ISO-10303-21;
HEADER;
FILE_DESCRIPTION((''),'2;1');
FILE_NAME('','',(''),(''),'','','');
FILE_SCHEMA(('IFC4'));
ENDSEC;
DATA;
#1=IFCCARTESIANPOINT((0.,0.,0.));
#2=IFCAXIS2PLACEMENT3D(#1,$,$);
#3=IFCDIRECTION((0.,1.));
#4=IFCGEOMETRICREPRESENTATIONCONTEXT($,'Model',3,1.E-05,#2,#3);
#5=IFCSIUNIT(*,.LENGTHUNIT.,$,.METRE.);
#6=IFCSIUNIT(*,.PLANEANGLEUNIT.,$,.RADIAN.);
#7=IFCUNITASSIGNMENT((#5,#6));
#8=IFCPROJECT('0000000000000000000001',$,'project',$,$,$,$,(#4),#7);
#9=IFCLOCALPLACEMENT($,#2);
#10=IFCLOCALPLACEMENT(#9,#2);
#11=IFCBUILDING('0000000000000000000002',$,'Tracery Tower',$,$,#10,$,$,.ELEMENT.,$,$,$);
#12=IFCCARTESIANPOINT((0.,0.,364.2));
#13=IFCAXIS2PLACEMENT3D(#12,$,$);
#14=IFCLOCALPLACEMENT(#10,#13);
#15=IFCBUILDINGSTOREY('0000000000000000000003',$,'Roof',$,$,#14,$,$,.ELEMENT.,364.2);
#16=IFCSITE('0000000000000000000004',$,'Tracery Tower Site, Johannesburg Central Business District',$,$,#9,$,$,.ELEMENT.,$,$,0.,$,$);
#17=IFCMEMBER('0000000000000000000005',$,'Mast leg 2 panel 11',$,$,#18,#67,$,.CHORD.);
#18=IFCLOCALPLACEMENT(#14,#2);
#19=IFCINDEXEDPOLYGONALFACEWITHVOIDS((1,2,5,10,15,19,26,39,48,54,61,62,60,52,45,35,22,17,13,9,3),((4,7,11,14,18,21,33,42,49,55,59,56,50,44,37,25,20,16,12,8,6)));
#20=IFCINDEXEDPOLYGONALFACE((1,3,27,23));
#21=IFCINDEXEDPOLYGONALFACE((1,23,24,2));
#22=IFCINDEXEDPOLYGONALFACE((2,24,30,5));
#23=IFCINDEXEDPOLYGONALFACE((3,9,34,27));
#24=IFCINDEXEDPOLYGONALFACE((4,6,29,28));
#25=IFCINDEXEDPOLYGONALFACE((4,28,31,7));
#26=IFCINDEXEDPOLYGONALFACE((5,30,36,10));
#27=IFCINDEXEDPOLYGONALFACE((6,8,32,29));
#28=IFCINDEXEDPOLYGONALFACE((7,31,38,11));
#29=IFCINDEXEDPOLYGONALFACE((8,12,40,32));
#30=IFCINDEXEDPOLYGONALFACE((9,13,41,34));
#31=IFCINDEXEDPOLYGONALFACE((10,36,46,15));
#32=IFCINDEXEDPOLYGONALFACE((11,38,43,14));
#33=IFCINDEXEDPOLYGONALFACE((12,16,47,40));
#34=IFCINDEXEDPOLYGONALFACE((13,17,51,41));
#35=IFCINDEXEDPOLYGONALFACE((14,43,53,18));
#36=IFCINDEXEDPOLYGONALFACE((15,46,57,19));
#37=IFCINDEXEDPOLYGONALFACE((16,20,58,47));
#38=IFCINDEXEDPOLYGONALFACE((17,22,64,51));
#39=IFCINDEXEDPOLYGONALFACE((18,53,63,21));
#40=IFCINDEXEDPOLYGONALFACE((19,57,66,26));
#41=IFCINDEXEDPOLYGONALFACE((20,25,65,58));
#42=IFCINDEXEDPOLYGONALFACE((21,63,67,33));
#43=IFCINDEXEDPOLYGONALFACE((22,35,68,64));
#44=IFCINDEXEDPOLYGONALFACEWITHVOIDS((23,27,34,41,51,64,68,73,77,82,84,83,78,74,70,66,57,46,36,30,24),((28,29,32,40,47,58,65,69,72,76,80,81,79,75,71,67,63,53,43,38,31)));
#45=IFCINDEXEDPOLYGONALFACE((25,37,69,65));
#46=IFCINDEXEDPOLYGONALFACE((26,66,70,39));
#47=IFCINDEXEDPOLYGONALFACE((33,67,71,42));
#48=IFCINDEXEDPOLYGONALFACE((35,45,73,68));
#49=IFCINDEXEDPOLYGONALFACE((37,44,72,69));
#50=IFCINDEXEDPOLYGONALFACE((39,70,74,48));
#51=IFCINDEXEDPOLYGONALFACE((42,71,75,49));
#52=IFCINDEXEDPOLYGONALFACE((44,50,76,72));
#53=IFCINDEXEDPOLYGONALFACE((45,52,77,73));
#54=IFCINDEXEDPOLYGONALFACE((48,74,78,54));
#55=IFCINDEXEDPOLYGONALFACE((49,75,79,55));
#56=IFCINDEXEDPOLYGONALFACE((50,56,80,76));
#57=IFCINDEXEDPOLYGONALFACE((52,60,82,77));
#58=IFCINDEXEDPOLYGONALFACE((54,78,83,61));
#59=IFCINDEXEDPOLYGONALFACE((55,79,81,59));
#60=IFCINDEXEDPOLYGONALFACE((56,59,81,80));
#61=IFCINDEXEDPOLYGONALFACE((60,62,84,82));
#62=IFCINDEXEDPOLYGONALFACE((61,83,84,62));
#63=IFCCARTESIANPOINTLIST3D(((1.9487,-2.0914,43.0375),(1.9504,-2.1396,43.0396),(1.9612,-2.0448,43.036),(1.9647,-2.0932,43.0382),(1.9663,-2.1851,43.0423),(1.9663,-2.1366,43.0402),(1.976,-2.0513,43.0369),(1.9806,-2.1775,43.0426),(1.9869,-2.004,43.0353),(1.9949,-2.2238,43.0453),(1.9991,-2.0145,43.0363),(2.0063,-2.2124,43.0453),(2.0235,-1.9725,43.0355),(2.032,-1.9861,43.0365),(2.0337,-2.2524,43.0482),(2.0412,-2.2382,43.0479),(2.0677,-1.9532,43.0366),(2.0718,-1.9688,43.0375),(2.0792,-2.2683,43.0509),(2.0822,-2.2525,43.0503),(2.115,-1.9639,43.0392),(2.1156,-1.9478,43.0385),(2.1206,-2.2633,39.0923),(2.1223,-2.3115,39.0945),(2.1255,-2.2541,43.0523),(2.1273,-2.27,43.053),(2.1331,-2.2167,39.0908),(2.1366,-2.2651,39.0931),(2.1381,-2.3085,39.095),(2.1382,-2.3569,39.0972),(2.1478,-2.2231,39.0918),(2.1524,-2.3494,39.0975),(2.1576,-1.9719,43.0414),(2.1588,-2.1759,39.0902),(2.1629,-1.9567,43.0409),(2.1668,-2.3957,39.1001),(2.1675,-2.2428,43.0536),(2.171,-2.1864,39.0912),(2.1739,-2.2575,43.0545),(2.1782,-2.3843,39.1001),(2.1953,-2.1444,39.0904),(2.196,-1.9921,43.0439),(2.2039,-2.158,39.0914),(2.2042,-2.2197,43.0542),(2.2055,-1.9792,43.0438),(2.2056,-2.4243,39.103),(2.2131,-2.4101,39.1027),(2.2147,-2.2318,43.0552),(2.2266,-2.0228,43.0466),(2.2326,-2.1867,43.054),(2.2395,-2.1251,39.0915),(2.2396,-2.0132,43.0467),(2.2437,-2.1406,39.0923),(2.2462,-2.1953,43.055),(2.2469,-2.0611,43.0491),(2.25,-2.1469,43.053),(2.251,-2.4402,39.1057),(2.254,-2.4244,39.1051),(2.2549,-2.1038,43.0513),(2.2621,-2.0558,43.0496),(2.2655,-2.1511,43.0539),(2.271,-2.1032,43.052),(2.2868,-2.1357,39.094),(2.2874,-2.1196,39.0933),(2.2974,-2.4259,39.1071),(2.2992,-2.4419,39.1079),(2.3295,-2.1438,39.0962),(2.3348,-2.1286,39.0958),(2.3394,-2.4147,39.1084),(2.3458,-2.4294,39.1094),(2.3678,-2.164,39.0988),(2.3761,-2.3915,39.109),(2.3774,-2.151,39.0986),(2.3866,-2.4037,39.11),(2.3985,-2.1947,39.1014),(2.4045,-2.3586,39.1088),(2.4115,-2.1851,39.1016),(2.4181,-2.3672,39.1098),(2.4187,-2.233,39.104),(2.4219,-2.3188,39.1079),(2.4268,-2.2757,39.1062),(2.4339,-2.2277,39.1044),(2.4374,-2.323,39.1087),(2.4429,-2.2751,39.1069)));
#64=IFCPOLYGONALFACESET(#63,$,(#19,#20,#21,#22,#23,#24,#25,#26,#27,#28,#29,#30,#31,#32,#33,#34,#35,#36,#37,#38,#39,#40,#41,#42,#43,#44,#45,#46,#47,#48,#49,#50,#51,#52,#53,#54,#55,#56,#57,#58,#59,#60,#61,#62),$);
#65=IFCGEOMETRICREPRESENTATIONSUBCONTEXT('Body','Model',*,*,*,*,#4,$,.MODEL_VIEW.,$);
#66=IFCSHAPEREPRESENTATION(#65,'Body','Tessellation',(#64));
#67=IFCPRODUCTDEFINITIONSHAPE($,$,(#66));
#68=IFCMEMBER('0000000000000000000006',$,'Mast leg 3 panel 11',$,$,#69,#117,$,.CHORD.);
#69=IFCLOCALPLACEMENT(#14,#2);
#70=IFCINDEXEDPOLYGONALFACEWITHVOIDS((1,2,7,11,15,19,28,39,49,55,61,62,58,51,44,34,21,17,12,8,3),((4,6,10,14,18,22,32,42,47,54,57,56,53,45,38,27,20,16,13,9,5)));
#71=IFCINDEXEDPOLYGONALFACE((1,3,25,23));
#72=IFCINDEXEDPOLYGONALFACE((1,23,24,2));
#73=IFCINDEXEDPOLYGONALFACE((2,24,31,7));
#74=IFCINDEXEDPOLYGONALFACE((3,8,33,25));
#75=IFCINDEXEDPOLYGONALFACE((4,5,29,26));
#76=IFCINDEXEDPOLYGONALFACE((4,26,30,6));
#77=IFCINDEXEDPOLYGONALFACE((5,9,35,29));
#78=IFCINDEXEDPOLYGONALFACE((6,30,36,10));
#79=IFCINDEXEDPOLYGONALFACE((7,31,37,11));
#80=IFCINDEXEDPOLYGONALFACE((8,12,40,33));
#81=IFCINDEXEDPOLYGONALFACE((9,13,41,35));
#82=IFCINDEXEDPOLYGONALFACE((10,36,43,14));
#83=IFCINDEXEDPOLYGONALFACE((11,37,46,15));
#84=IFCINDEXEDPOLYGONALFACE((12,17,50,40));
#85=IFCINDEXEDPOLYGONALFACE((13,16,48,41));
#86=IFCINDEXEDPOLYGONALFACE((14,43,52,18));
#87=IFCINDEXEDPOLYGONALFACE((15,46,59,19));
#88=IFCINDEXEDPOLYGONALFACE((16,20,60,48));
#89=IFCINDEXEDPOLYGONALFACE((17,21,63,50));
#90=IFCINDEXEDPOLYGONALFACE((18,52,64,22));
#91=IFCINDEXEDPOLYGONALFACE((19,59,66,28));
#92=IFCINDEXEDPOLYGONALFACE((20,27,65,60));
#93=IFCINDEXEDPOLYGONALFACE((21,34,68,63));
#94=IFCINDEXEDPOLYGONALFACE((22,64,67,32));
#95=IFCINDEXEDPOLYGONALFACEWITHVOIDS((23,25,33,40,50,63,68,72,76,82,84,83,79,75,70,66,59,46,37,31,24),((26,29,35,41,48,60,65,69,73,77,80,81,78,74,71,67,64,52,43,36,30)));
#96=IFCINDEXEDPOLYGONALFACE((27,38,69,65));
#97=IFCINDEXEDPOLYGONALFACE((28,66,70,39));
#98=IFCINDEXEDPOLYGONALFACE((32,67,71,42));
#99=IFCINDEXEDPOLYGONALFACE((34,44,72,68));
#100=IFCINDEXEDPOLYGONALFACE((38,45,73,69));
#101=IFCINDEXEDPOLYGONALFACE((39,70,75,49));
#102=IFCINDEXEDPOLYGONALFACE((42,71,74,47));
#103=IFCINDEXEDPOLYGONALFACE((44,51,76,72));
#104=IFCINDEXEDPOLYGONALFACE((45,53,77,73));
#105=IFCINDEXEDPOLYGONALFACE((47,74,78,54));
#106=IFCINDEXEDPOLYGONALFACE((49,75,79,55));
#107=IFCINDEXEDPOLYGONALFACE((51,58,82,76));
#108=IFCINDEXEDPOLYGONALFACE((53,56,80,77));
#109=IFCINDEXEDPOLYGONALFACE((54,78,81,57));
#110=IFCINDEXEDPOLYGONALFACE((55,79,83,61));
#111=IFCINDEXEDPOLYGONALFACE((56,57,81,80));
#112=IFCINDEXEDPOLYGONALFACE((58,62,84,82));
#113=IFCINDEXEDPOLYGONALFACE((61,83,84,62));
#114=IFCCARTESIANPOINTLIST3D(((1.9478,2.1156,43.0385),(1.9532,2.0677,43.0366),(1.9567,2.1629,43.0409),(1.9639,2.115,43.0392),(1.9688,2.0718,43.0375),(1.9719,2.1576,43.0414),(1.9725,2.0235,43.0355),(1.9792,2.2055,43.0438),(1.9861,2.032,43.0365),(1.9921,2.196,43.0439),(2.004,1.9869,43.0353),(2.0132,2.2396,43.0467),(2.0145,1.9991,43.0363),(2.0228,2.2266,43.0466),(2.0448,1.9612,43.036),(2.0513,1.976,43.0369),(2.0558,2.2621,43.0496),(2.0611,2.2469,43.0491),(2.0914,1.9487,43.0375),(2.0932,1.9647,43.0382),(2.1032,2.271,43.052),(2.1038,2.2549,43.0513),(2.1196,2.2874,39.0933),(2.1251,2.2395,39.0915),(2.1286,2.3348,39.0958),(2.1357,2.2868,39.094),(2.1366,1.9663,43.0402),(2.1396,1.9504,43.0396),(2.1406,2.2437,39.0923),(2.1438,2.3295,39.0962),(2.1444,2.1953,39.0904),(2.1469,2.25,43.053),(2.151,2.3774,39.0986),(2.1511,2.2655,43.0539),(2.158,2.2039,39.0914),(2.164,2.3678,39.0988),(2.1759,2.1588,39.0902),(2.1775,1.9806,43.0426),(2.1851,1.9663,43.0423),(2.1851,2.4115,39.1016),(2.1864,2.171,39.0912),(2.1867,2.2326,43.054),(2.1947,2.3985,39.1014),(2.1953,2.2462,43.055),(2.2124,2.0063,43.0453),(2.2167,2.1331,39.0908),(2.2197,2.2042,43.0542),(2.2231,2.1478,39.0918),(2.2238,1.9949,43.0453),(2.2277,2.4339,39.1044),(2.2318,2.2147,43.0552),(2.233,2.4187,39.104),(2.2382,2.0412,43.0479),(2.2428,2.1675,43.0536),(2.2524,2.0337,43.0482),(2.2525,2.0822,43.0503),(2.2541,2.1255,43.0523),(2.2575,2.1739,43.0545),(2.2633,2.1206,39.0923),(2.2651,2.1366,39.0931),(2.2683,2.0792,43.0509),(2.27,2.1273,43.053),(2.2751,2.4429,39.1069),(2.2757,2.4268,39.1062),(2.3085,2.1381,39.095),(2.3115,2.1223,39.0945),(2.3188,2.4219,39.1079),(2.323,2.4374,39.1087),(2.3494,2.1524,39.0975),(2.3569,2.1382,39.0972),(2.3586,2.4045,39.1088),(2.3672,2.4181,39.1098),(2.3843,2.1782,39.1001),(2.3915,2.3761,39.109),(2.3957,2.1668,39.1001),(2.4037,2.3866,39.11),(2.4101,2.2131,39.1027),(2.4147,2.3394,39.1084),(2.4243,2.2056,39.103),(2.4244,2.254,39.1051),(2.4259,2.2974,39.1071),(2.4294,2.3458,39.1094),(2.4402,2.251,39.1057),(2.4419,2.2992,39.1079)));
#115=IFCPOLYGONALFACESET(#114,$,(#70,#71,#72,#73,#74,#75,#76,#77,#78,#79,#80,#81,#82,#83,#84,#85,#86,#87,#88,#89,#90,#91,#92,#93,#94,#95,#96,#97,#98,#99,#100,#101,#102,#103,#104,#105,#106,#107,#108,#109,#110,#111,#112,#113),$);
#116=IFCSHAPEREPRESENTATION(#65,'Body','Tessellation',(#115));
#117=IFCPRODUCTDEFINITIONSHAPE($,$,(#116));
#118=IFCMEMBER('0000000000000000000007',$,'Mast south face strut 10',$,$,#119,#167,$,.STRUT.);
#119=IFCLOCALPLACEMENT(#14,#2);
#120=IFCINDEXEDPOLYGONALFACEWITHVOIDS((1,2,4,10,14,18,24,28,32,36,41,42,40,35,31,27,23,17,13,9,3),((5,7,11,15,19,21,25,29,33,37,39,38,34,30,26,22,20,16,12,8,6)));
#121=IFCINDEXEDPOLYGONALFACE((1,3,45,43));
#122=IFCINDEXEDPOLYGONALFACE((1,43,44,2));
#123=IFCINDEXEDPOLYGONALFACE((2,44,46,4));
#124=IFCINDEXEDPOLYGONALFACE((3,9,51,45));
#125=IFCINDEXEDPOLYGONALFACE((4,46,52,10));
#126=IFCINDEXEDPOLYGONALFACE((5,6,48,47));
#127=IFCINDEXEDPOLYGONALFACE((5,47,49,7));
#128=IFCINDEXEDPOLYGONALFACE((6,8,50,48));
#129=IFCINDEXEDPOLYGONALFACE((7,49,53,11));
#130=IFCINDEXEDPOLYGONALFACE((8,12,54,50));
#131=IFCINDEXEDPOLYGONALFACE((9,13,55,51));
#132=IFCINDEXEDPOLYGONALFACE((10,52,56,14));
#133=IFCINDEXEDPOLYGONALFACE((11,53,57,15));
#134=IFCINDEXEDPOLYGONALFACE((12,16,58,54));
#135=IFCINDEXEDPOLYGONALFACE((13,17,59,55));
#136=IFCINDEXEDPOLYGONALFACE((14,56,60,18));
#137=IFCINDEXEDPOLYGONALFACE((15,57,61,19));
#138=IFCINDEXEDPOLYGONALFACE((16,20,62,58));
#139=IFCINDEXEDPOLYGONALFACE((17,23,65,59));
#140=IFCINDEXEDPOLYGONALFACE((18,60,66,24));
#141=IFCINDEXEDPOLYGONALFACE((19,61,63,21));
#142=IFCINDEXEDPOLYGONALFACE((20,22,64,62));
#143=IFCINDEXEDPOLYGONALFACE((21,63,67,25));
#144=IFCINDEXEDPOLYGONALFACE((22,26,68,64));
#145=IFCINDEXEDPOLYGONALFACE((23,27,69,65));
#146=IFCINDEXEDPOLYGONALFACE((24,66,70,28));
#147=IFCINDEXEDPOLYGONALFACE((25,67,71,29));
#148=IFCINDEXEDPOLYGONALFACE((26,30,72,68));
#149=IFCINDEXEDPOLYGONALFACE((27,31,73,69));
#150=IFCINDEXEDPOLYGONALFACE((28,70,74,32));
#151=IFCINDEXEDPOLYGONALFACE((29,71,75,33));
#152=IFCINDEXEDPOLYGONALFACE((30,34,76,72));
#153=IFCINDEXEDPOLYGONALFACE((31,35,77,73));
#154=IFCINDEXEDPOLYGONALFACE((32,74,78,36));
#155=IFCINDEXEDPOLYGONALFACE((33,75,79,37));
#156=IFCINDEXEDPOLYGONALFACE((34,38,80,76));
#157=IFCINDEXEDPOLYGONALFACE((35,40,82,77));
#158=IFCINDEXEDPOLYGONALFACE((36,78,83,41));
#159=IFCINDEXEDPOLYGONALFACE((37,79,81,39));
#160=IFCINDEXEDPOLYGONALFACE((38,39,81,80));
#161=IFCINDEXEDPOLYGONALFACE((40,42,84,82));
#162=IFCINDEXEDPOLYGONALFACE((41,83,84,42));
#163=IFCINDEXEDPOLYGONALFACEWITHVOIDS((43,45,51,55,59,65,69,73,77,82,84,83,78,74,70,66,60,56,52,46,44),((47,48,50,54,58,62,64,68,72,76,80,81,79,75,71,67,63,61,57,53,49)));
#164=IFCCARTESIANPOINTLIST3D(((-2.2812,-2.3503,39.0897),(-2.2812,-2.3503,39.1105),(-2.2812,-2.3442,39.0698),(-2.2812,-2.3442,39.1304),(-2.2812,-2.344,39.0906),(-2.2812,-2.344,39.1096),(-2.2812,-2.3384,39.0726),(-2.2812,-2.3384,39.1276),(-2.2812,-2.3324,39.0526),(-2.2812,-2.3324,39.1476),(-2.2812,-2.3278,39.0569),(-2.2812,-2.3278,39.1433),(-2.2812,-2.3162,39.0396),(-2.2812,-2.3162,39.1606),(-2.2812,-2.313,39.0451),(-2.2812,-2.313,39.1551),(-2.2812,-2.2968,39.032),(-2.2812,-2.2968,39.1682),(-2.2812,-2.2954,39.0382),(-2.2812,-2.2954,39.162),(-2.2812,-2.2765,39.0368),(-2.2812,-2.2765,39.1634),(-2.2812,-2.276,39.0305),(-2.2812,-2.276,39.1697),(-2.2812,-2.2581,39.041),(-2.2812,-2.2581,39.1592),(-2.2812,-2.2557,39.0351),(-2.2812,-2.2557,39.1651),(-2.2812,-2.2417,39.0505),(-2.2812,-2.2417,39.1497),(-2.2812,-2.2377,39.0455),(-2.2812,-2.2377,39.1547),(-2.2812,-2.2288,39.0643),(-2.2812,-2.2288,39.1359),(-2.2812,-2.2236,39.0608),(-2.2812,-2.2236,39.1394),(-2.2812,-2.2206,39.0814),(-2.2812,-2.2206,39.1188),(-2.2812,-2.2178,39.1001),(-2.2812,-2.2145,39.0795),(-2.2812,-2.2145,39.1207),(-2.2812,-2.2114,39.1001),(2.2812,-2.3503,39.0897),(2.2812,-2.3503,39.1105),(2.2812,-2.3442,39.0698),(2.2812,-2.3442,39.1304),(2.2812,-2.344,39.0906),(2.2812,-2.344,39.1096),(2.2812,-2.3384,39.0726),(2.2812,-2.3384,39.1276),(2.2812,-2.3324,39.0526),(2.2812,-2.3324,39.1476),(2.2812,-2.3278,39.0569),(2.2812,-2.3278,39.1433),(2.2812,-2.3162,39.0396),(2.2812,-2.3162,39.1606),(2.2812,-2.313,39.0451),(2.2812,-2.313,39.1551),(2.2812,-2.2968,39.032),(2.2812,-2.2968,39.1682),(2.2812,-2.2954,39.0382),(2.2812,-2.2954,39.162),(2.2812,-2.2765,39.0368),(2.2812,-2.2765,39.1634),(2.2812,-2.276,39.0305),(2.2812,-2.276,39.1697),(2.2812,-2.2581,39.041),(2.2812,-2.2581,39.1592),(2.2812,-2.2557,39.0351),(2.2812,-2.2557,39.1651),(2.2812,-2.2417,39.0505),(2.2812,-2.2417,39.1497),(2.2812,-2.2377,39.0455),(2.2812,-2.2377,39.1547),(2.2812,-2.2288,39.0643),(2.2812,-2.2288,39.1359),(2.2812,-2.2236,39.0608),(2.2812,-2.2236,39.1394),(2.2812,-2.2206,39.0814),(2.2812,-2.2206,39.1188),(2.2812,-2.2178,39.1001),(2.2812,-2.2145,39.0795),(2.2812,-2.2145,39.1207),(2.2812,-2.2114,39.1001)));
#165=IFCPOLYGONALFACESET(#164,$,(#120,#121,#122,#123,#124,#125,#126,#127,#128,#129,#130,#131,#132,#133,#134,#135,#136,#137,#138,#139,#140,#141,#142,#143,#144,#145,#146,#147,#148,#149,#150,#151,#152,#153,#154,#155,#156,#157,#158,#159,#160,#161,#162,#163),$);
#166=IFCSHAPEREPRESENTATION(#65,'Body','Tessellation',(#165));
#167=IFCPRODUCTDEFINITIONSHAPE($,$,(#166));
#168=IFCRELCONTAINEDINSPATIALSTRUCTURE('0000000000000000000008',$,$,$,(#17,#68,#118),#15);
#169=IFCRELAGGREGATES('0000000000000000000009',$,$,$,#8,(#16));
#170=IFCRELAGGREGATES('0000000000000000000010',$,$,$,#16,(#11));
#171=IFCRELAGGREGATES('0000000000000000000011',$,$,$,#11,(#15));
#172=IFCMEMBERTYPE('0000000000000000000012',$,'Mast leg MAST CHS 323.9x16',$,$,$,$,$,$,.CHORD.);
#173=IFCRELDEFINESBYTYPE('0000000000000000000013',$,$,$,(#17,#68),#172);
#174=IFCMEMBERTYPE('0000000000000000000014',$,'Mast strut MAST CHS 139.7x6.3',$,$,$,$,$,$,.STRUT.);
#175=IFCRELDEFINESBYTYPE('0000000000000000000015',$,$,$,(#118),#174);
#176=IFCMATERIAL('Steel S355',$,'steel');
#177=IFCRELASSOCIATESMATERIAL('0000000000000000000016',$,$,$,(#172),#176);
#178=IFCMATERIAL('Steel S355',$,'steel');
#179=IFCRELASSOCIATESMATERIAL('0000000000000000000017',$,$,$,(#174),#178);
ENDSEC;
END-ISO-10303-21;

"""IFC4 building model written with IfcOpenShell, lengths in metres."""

from ifc_helpers import new_model, si_unit, direction, frame, origin, origin_2d, place, context, subcontext, project, spatial, hollow_circle, extrude, material, material_profile, profile_set, type_object, element, save


model = new_model("IFC4")

# Units and contexts
model_context = context("Model", 3, precision=1e-05, world=origin(), true_north=direction((0.0, 1.0)))
body_context = subcontext(model_context, "Body", "Model", "MODEL_VIEW")
ifc_project = project(units=[si_unit("LENGTHUNIT", "METRE"), si_unit("PLANEANGLEUNIT", "RADIAN")], contexts=[model_context])

# Site, building, storey
site_placement = place(None, origin())
site = spatial("IfcSite", under=ifc_project, at=site_placement, Name="Tracery Tower Site, Johannesburg Central Business District", CompositionType="ELEMENT", RefElevation=0.0)
building_placement = place(site_placement, origin())
building = spatial("IfcBuilding", under=site, at=building_placement, Name="Tracery Tower", CompositionType="ELEMENT")
storey_placement = place(building_placement, frame((0.0, 0.0, 364.2)))
storey = spatial("IfcBuildingStorey", under=building, at=storey_placement, Name="Roof", CompositionType="ELEMENT", Elevation=364.2)

# Members
ifc_material_1 = material(Name="Steel S355", Category="steel")
ifc_material_profile_1 = material_profile(ifc_material_1, hollow_circle(Radius=0.1619, WallThickness=0.0161, at=origin_2d()), Name="CHS 323.9x16")
ifc_profile_set_1 = profile_set([ifc_material_profile_1], Name="Steel S355")
member_type_1 = type_object("IfcMemberType", Name="Mast leg MAST CHS 323.9x16", PredefinedType="CHORD", material=ifc_profile_set_1)
for number, where, z_axis, x_axis, name in (
    (1, (2.2812, -2.2812, 39.1001), (-0.043485, 0.043485, 0.998107), (-0.707107, -0.707107, 0.0), "Mast leg 2 panel 11"),
    (2, (2.2812, 2.2812, 39.1001), (-0.043485, -0.043485, 0.998107), (0.707107, -0.707107, 0.0), "Mast leg 3 panel 11"),
):
    element("IfcMember", number, at=place(storey_placement, frame(where, z_axis=z_axis, x_axis=x_axis)), inside=storey, type_object=member_type_1, Name=name, PredefinedType="CHORD", context=body_context, shape_type="SweptSolid", body=[
        extrude(hollow_circle(Radius=0.1619, WallThickness=0.0161, at=origin_2d()), origin(), (0.0, 0.0, 1.0), 3.9526),
    ])
ifc_material_2 = material(Name="Steel S355", Category="steel")
ifc_material_profile_2 = material_profile(ifc_material_2, hollow_circle(Radius=0.0698, WallThickness=0.0063, at=origin_2d()), Name="CHS 139.7x6.3")
ifc_profile_set_2 = profile_set([ifc_material_profile_2], Name="Steel S355")
member_type_2 = type_object("IfcMemberType", Name="Mast strut MAST CHS 139.7x6.3", PredefinedType="STRUT", material=ifc_profile_set_2)
for number, where, z_axis, x_axis, name in (
    (3, (-2.2812, -2.2812, 39.1001), (1.0, 0.0, 0.0), (0.0, 1.0, 0.0), "Mast south face strut 10"),
):
    element("IfcMember", number, at=place(storey_placement, frame(where, z_axis=z_axis, x_axis=x_axis)), inside=storey, type_object=member_type_2, Name=name, PredefinedType="STRUT", context=body_context, shape_type="SweptSolid", body=[
        extrude(hollow_circle(Radius=0.0698, WallThickness=0.0063, at=origin_2d()), origin(), (0.0, 0.0, 1.0), 4.5625),
    ])

save(model, "model.ifc")
